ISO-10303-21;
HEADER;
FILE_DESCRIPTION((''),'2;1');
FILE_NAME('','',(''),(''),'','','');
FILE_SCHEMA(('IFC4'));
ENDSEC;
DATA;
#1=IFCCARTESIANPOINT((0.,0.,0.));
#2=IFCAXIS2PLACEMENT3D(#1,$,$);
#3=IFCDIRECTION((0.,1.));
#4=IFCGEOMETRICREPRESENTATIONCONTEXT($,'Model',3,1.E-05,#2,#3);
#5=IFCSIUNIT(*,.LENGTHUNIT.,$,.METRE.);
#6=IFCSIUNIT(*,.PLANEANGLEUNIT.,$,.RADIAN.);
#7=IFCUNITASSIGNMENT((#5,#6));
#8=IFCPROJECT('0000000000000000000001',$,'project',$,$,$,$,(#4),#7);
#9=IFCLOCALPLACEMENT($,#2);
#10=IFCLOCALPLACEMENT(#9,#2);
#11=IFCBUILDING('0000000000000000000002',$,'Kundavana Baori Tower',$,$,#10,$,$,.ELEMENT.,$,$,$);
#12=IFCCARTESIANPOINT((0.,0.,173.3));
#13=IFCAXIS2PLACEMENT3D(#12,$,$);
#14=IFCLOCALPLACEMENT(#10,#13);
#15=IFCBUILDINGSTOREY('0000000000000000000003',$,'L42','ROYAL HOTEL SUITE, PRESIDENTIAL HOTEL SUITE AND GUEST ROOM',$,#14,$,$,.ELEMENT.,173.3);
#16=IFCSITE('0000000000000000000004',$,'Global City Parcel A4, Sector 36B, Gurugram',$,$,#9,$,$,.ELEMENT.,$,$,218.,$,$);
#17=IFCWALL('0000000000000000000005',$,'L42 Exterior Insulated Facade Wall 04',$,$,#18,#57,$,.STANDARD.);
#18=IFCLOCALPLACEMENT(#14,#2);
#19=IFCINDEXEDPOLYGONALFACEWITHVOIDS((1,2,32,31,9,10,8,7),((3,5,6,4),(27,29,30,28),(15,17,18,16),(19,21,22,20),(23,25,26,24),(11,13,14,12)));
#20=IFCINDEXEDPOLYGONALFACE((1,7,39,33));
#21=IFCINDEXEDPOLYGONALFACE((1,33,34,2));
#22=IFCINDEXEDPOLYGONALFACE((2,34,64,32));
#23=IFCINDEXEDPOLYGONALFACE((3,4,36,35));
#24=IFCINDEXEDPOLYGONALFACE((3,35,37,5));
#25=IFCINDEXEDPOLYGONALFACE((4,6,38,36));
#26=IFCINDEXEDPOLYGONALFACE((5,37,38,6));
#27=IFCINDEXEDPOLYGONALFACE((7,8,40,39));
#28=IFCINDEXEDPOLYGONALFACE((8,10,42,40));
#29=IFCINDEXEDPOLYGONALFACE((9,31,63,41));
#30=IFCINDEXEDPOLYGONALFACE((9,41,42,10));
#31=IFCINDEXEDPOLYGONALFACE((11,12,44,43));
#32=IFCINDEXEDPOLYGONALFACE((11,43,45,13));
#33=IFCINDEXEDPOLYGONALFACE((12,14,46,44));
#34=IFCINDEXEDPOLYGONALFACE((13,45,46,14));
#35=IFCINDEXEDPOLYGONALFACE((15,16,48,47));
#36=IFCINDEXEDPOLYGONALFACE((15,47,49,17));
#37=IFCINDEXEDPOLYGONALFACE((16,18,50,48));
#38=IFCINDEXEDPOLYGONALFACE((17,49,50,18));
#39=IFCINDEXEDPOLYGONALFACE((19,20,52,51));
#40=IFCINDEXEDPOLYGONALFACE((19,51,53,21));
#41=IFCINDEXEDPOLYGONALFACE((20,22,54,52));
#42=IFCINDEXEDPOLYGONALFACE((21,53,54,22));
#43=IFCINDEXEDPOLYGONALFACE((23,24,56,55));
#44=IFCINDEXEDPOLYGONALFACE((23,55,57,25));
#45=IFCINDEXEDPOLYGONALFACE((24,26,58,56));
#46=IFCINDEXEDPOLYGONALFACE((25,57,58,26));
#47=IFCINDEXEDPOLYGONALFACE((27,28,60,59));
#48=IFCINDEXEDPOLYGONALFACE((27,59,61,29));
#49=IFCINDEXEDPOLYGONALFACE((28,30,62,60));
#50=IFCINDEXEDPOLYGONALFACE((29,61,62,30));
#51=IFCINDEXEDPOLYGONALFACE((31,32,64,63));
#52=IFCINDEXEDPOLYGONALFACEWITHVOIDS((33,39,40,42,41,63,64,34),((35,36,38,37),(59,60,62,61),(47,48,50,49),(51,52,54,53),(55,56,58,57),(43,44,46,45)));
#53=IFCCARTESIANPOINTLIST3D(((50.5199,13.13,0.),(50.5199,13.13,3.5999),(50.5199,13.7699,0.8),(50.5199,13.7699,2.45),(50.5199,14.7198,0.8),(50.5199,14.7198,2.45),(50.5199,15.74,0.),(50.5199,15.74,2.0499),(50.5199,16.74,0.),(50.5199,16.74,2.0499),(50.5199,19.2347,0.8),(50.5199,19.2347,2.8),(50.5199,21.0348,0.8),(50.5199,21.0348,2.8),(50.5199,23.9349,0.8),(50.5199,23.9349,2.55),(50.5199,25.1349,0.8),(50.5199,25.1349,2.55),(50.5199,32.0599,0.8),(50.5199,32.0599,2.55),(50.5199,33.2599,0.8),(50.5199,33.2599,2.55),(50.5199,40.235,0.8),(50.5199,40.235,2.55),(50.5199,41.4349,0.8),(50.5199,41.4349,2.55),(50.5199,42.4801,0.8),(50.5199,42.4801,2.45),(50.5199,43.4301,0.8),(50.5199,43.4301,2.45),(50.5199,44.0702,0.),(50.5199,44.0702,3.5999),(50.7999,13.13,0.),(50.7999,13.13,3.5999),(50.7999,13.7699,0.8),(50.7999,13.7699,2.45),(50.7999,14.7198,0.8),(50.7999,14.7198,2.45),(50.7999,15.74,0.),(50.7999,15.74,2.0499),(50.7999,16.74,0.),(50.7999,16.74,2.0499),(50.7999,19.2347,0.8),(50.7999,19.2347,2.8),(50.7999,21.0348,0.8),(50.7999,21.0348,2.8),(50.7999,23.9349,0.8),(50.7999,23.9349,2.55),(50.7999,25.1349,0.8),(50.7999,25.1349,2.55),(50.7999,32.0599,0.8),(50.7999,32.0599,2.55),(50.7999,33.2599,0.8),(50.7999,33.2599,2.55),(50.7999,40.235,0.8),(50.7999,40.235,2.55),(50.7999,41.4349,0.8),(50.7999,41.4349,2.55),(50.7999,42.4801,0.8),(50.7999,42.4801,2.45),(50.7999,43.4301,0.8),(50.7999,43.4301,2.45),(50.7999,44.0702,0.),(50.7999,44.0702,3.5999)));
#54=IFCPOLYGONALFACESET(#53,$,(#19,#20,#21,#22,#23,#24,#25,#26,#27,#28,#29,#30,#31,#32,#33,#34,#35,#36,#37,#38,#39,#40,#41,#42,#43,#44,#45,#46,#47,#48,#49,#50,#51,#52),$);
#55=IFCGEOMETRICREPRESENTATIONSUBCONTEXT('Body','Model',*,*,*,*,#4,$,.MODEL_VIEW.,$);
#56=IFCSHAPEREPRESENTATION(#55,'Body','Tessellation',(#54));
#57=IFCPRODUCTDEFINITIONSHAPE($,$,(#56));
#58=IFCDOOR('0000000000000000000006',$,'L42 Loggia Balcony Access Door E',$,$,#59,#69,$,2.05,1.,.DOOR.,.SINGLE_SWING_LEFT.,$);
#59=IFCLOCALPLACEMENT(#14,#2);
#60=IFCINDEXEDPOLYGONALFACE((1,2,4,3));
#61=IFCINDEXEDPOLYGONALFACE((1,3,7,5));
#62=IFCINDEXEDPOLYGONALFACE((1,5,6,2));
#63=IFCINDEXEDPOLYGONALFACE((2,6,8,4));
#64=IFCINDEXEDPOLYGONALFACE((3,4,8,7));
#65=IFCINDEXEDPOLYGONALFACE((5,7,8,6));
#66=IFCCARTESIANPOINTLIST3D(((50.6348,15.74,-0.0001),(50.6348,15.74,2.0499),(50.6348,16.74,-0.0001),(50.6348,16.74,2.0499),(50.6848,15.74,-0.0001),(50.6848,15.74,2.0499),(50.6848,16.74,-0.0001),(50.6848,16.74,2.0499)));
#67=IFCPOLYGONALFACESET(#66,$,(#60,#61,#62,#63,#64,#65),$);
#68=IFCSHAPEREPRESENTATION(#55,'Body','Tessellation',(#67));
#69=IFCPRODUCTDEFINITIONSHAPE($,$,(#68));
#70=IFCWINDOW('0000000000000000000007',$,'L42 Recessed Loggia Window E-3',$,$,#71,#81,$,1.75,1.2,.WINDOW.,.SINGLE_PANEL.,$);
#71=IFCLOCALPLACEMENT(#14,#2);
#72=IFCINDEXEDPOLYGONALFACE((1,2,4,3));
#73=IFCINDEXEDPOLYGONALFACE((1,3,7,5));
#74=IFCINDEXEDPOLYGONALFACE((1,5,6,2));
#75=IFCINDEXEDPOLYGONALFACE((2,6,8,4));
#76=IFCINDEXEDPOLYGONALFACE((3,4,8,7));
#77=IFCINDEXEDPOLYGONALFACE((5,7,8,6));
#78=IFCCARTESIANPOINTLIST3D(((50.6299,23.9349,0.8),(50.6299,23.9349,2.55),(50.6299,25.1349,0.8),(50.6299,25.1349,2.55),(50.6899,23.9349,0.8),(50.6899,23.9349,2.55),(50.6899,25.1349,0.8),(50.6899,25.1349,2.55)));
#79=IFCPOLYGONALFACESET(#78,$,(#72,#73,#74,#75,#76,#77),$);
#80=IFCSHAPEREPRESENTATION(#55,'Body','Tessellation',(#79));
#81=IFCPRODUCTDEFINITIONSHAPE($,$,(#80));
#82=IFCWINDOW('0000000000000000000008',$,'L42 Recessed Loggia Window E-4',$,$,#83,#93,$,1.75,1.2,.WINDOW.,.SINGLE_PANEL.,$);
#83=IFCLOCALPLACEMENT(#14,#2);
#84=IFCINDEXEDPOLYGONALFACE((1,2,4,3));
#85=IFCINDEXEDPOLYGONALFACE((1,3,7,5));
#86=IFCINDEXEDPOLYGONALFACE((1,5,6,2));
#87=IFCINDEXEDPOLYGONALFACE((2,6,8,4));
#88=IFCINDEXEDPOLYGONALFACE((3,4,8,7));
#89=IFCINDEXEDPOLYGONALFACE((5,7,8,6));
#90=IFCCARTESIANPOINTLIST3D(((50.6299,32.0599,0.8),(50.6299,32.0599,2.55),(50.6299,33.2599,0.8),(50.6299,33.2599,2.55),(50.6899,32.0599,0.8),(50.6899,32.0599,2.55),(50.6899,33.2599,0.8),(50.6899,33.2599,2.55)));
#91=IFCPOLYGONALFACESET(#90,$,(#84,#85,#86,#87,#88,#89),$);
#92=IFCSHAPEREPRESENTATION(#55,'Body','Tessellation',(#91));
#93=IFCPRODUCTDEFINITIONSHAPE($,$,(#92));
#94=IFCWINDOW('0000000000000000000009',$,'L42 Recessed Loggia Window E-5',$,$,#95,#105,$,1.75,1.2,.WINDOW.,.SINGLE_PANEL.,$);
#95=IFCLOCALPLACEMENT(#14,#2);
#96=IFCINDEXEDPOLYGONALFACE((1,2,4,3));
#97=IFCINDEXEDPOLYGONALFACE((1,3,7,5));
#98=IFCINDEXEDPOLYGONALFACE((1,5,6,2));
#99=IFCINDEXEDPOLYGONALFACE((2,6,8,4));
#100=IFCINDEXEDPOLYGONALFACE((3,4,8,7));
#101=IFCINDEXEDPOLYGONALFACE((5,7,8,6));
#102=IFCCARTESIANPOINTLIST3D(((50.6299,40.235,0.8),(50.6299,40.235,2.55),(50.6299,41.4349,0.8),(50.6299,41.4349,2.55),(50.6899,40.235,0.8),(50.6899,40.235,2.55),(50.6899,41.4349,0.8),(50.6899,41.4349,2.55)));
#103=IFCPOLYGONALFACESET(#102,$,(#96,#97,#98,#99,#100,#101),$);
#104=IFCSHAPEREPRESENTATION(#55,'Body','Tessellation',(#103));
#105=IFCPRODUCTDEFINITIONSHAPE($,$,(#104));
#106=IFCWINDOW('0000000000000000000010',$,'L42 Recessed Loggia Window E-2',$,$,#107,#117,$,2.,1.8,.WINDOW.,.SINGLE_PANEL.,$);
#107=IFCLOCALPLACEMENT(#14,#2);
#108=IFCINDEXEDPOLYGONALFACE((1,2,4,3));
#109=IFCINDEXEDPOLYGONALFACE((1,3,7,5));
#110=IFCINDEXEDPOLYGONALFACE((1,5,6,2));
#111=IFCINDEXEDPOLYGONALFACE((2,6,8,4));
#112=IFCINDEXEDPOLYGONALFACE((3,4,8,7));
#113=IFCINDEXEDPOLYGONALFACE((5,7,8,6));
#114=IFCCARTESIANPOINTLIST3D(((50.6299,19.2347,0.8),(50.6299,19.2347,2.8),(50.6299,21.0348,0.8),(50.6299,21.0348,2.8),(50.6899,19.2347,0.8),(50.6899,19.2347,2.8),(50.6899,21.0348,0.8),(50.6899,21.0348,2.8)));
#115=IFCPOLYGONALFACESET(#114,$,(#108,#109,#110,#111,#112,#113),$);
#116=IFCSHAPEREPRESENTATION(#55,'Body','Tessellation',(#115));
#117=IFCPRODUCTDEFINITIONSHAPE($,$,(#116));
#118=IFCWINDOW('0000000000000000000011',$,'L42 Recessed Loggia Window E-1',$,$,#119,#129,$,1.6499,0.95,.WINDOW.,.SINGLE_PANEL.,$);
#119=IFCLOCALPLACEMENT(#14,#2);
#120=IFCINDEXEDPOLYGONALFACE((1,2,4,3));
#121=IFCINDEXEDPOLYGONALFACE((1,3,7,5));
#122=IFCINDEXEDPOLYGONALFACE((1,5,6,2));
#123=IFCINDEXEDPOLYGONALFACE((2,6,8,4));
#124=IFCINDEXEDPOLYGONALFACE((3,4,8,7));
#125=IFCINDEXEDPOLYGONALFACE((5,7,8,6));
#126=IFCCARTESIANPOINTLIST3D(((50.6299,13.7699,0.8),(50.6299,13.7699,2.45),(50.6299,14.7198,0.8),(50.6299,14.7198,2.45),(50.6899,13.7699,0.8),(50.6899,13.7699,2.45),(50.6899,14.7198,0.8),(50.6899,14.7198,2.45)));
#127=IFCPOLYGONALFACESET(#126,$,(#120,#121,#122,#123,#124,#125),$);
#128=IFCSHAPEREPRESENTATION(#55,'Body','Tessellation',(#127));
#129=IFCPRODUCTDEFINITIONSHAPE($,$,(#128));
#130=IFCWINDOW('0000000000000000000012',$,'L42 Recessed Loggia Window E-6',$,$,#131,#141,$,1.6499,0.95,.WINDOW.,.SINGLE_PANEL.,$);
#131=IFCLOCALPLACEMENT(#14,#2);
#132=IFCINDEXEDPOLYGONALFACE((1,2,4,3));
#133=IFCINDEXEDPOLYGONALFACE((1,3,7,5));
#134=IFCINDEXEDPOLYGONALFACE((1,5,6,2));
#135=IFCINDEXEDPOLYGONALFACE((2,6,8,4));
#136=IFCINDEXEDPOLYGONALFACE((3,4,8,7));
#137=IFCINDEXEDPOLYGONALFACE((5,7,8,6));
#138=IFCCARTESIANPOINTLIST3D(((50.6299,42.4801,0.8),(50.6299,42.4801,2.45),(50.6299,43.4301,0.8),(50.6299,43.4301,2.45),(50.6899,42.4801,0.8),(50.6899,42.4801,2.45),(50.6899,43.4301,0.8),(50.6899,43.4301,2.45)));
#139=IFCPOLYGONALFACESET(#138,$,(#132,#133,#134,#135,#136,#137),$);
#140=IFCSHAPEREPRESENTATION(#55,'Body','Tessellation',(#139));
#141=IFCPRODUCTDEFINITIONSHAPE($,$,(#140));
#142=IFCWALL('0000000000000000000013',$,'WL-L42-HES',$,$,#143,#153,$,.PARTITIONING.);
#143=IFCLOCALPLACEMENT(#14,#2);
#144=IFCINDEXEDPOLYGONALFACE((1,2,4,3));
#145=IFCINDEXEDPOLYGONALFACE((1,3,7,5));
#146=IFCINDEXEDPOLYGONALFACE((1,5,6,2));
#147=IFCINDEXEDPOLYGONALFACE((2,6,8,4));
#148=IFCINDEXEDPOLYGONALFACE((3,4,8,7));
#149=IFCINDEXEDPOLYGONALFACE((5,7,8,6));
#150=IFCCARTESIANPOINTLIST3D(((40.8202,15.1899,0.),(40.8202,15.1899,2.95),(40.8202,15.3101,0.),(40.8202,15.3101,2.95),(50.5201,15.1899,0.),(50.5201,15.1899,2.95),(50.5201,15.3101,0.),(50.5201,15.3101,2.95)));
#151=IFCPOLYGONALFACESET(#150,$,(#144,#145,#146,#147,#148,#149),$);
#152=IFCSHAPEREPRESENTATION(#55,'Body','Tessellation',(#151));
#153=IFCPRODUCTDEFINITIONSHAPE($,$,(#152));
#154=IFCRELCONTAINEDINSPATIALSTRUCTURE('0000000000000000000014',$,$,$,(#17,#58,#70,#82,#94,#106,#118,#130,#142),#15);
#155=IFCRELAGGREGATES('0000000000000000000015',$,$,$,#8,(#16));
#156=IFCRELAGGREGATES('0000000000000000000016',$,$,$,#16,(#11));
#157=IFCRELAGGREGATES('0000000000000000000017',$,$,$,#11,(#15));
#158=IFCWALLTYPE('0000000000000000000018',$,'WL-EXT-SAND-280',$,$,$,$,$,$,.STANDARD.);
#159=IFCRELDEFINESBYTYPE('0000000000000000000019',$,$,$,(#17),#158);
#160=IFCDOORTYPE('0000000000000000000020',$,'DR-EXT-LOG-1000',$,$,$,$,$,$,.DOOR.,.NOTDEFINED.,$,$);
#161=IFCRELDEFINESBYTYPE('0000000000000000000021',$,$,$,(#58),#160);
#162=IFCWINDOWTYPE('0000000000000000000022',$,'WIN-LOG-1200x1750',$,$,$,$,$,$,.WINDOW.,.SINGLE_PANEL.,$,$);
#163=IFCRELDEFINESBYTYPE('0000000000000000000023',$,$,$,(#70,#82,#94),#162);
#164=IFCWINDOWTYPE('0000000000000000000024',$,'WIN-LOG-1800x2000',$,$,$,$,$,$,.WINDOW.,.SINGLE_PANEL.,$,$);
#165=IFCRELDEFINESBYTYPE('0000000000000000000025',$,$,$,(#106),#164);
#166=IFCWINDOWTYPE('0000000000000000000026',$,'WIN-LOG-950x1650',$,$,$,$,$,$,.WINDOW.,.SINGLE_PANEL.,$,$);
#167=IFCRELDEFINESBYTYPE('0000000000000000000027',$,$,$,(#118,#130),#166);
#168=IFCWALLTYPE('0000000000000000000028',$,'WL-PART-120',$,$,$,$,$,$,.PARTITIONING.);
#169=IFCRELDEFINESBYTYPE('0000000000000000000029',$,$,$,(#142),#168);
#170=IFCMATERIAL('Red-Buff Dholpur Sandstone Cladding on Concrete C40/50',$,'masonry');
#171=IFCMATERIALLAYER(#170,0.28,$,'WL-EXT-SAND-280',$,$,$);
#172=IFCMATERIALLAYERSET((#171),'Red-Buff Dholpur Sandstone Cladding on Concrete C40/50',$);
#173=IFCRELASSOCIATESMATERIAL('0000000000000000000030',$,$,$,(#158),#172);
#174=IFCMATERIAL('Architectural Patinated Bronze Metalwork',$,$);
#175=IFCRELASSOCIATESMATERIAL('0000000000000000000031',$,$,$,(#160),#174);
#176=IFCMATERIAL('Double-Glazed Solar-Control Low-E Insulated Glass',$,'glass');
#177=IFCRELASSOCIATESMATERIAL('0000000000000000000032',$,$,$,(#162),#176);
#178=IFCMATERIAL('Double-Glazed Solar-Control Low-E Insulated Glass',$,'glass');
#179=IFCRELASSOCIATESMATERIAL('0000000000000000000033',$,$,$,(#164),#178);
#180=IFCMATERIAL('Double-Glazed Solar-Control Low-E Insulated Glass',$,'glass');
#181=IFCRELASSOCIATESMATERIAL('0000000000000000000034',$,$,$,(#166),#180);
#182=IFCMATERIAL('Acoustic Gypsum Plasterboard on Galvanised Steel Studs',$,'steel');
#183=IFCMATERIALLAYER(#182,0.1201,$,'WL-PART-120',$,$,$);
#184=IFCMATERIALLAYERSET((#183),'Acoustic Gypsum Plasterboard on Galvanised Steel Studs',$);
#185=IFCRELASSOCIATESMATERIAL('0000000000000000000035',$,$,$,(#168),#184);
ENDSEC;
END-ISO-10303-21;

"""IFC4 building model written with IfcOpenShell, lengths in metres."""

from ifc_helpers import new_model, si_unit, direction, frame, frame_2d, origin, place, context, subcontext, project, spatial, rectangle, extrude, material, layer, layer_set, type_object, element, fill, save


model = new_model("IFC4")

# Units and contexts
model_context = context("Model", 3, precision=1e-05, world=origin(), true_north=direction((0.0, 1.0)))
body_context = subcontext(model_context, "Body", "Model", "MODEL_VIEW")
ifc_project = project(units=[si_unit("LENGTHUNIT", "METRE"), si_unit("PLANEANGLEUNIT", "RADIAN")], contexts=[model_context])

# Site, building, storey
site_placement = place(None, origin())
site = spatial("IfcSite", under=ifc_project, at=site_placement, Name="Global City Parcel A4, Sector 36B, Gurugram", CompositionType="ELEMENT", RefElevation=218.0)
building_placement = place(site_placement, origin())
building = spatial("IfcBuilding", under=site, at=building_placement, Name="Kundavana Baori Tower", CompositionType="ELEMENT")
storey_placement = place(building_placement, frame((0.0, 0.0, 173.3)))
storey = spatial("IfcBuildingStorey", under=building, at=storey_placement, Name="L42", Description="ROYAL HOTEL SUITE, PRESIDENTIAL HOTEL SUITE AND GUEST ROOM", CompositionType="ELEMENT", Elevation=173.3)

# Shared definitions
ifc_material_1 = material(Name="Red-Buff Dholpur Sandstone Cladding on Concrete C40/50", Category="masonry")
ifc_layer_1 = layer(ifc_material_1, 0.28, Name="WL-EXT-SAND-280")
ifc_layer_set_1 = layer_set([ifc_layer_1], Name="Red-Buff Dholpur Sandstone Cladding on Concrete C40/50")
wall_type_1 = type_object("IfcWallType", Name="WL-EXT-SAND-280", PredefinedType="STANDARD", material=ifc_layer_set_1)

# Wall, openings, door, windows
wall_1_placement = place(storey_placement, frame((50.6599, 13.1299, 0.0), z_axis=(0.0, 0.0, 1.0), x_axis=(0.0, 1.0, 0.0)))
wall_1 = element("IfcWall", 1, at=wall_1_placement, inside=storey, type_object=wall_type_1, Name="L42 Exterior Insulated Facade Wall 04", PredefinedType="STANDARD", context=body_context, shape_type="SweptSolid", body=[
    extrude(rectangle(XDim=30.9402, YDim=0.28, at=frame_2d((15.4702, 0.0))), origin(), (0.0, 0.0, 1.0), 3.5999),
])
opening_1_placement = place(wall_1_placement, frame((0.6399, 0.0, 0.8)))
opening_1 = element("IfcOpeningElement", 2, at=opening_1_placement, cuts=wall_1, PredefinedType="OPENING", context=body_context, shape_type="SweptSolid", body=[
    extrude(rectangle(XDim=0.95, YDim=1.6499, at=frame_2d((0.4751, 0.825))), frame((0.0, 0.1499, 0.0), z_axis=(0.0, -1.0, 0.0), x_axis=(1.0, 0.0, 0.0)), (0.0, 0.0, 1.0), 0.3),
])
opening_2_placement = place(wall_1_placement, frame((2.6101, 0.0, 0.0)))
opening_2 = element("IfcOpeningElement", 3, at=opening_2_placement, cuts=wall_1, PredefinedType="OPENING", context=body_context, shape_type="SweptSolid", body=[
    extrude(rectangle(XDim=1.0, YDim=2.05, at=frame_2d((0.5, 1.0249))), frame((0.0, 0.1499, 0.0), z_axis=(0.0, -1.0, 0.0), x_axis=(1.0, 0.0, 0.0)), (0.0, 0.0, 1.0), 0.3),
])
opening_3_placement = place(wall_1_placement, frame((6.105, 0.0, 0.8)))
opening_3 = element("IfcOpeningElement", 4, at=opening_3_placement, cuts=wall_1, PredefinedType="OPENING", context=body_context, shape_type="SweptSolid", body=[
    extrude(rectangle(XDim=1.8, YDim=2.0, at=frame_2d((0.8999, 1.0))), frame((0.0, 0.1499, 0.0), z_axis=(0.0, -1.0, 0.0), x_axis=(1.0, 0.0, 0.0)), (0.0, 0.0, 1.0), 0.3),
])
opening_4_placement = place(wall_1_placement, frame((10.8049, 0.0, 0.8)))
opening_4 = element("IfcOpeningElement", 5, at=opening_4_placement, cuts=wall_1, PredefinedType="OPENING", context=body_context, shape_type="SweptSolid", body=[
    extrude(rectangle(XDim=1.2, YDim=1.75, at=frame_2d((0.6001, 0.875))), frame((0.0, 0.1499, 0.0), z_axis=(0.0, -1.0, 0.0), x_axis=(1.0, 0.0, 0.0)), (0.0, 0.0, 1.0), 0.3),
])
opening_5_placement = place(wall_1_placement, frame((18.9299, 0.0, 0.8)))
opening_5 = element("IfcOpeningElement", 6, at=opening_5_placement, cuts=wall_1, PredefinedType="OPENING", context=body_context, shape_type="SweptSolid", body=[
    extrude(rectangle(XDim=1.2, YDim=1.75, at=frame_2d((0.6001, 0.875))), frame((0.0, 0.1499, 0.0), z_axis=(0.0, -1.0, 0.0), x_axis=(1.0, 0.0, 0.0)), (0.0, 0.0, 1.0), 0.3),
])
opening_6_placement = place(wall_1_placement, frame((27.105, 0.0, 0.8)))
opening_6 = element("IfcOpeningElement", 7, at=opening_6_placement, cuts=wall_1, PredefinedType="OPENING", context=body_context, shape_type="SweptSolid", body=[
    extrude(rectangle(XDim=1.2, YDim=1.75, at=frame_2d((0.6001, 0.875))), frame((0.0, 0.1499, 0.0), z_axis=(0.0, -1.0, 0.0), x_axis=(1.0, 0.0, 0.0)), (0.0, 0.0, 1.0), 0.3),
])
opening_7_placement = place(wall_1_placement, frame((29.3501, 0.0, 0.8)))
opening_7 = element("IfcOpeningElement", 8, at=opening_7_placement, cuts=wall_1, PredefinedType="OPENING", context=body_context, shape_type="SweptSolid", body=[
    extrude(rectangle(XDim=0.95, YDim=1.6499, at=frame_2d((0.4751, 0.825))), frame((0.0, 0.1499, 0.0), z_axis=(0.0, -1.0, 0.0), x_axis=(1.0, 0.0, 0.0)), (0.0, 0.0, 1.0), 0.3),
])
ifc_material_2 = material(Name="Architectural Patinated Bronze Metalwork")
door_type_1 = type_object("IfcDoorType", Name="DR-EXT-LOG-1000", OperationType="NOTDEFINED", PredefinedType="DOOR", material=ifc_material_2)
door_1_placement = place(opening_2_placement, frame((1.0, 0.0, 0.0), z_axis=(0.0, 0.0, 1.0), x_axis=(-1.0, 0.0, 0.0)))
door_1 = element("IfcDoor", 9, at=door_1_placement, inside=storey, type_object=door_type_1, Name="L42 Loggia Balcony Access Door E", OperationType="SINGLE_SWING_LEFT", OverallHeight=2.05, OverallWidth=1.0, PredefinedType="DOOR", context=body_context, shape_type="SweptSolid", body=[
    extrude(rectangle(XDim=1.0, YDim=2.05, at=frame_2d((0.5, 1.0249))), frame((0.0, 0.0249, 0.0), z_axis=(0.0, -1.0, 0.0), x_axis=(1.0, 0.0, 0.0)), (0.0, 0.0, 1.0), 0.05),
])
fill(opening_2, door_1)
ifc_material_3 = material(Name="Double-Glazed Solar-Control Low-E Insulated Glass", Category="glass")
window_type_1 = type_object("IfcWindowType", Name="WIN-LOG-1200x1750", PartitioningType="SINGLE_PANEL", PredefinedType="WINDOW", material=ifc_material_3)
window_1_placement = place(opening_4_placement, origin())
window_1 = element("IfcWindow", 10, at=window_1_placement, inside=storey, type_object=window_type_1, Name="L42 Recessed Loggia Window E-3", OverallHeight=1.75, OverallWidth=1.2, PartitioningType="SINGLE_PANEL", PredefinedType="WINDOW", context=body_context, shape_type="SweptSolid", body=[
    extrude(rectangle(XDim=1.2, YDim=1.75, at=frame_2d((0.6001, 0.875))), frame((0.0, 0.03, 0.0), z_axis=(0.0, -1.0, 0.0), x_axis=(1.0, 0.0, 0.0)), (0.0, 0.0, 1.0), 0.0601),
])
fill(opening_4, window_1)
window_2_placement = place(opening_5_placement, origin())
window_2 = element("IfcWindow", 11, at=window_2_placement, inside=storey, type_object=window_type_1, Name="L42 Recessed Loggia Window E-4", OverallHeight=1.75, OverallWidth=1.2, PartitioningType="SINGLE_PANEL", PredefinedType="WINDOW", context=body_context, shape_type="SweptSolid", body=[
    extrude(rectangle(XDim=1.2, YDim=1.75, at=frame_2d((0.6001, 0.875))), frame((0.0, 0.03, 0.0), z_axis=(0.0, -1.0, 0.0), x_axis=(1.0, 0.0, 0.0)), (0.0, 0.0, 1.0), 0.0601),
])
fill(opening_5, window_2)
window_3_placement = place(opening_6_placement, origin())
window_3 = element("IfcWindow", 12, at=window_3_placement, inside=storey, type_object=window_type_1, Name="L42 Recessed Loggia Window E-5", OverallHeight=1.75, OverallWidth=1.2, PartitioningType="SINGLE_PANEL", PredefinedType="WINDOW", context=body_context, shape_type="SweptSolid", body=[
    extrude(rectangle(XDim=1.2, YDim=1.75, at=frame_2d((0.6001, 0.875))), frame((0.0, 0.03, 0.0), z_axis=(0.0, -1.0, 0.0), x_axis=(1.0, 0.0, 0.0)), (0.0, 0.0, 1.0), 0.0601),
])
fill(opening_6, window_3)
ifc_material_4 = material(Name="Double-Glazed Solar-Control Low-E Insulated Glass", Category="glass")
window_type_2 = type_object("IfcWindowType", Name="WIN-LOG-1800x2000", PartitioningType="SINGLE_PANEL", PredefinedType="WINDOW", material=ifc_material_4)
window_4_placement = place(opening_3_placement, origin())
window_4 = element("IfcWindow", 13, at=window_4_placement, inside=storey, type_object=window_type_2, Name="L42 Recessed Loggia Window E-2", OverallHeight=2.0, OverallWidth=1.8, PartitioningType="SINGLE_PANEL", PredefinedType="WINDOW", context=body_context, shape_type="SweptSolid", body=[
    extrude(rectangle(XDim=1.8, YDim=2.0, at=frame_2d((0.8999, 1.0))), frame((0.0, 0.03, 0.0), z_axis=(0.0, -1.0, 0.0), x_axis=(1.0, 0.0, 0.0)), (0.0, 0.0, 1.0), 0.0601),
])
fill(opening_3, window_4)
ifc_material_5 = material(Name="Double-Glazed Solar-Control Low-E Insulated Glass", Category="glass")
window_type_3 = type_object("IfcWindowType", Name="WIN-LOG-950x1650", PartitioningType="SINGLE_PANEL", PredefinedType="WINDOW", material=ifc_material_5)
window_5_placement = place(opening_1_placement, origin())
window_5 = element("IfcWindow", 14, at=window_5_placement, inside=storey, type_object=window_type_3, Name="L42 Recessed Loggia Window E-1", OverallHeight=1.6499, OverallWidth=0.95, PartitioningType="SINGLE_PANEL", PredefinedType="WINDOW", context=body_context, shape_type="SweptSolid", body=[
    extrude(rectangle(XDim=0.95, YDim=1.6499, at=frame_2d((0.4751, 0.825))), frame((0.0, 0.03, 0.0), z_axis=(0.0, -1.0, 0.0), x_axis=(1.0, 0.0, 0.0)), (0.0, 0.0, 1.0), 0.0601),
])
fill(opening_1, window_5)
window_6_placement = place(opening_7_placement, origin())
window_6 = element("IfcWindow", 15, at=window_6_placement, inside=storey, type_object=window_type_3, Name="L42 Recessed Loggia Window E-6", OverallHeight=1.6499, OverallWidth=0.95, PartitioningType="SINGLE_PANEL", PredefinedType="WINDOW", context=body_context, shape_type="SweptSolid", body=[
    extrude(rectangle(XDim=0.95, YDim=1.6499, at=frame_2d((0.4751, 0.825))), frame((0.0, 0.03, 0.0), z_axis=(0.0, -1.0, 0.0), x_axis=(1.0, 0.0, 0.0)), (0.0, 0.0, 1.0), 0.0601),
])
fill(opening_7, window_6)

# Wall
ifc_material_6 = material(Name="Acoustic Gypsum Plasterboard on Galvanised Steel Studs", Category="steel")
ifc_layer_2 = layer(ifc_material_6, 0.1201, Name="WL-PART-120")
ifc_layer_set_2 = layer_set([ifc_layer_2], Name="Acoustic Gypsum Plasterboard on Galvanised Steel Studs")
wall_type_2 = type_object("IfcWallType", Name="WL-PART-120", PredefinedType="PARTITIONING", material=ifc_layer_set_2)
wall_2_placement = place(storey_placement, frame((40.8201, 15.25, 0.0), z_axis=(0.0, 0.0, 1.0), x_axis=(1.0, 0.0, 0.0)))
element("IfcWall", 16, at=wall_2_placement, inside=storey, type_object=wall_type_2, Name="WL-L42-HES", PredefinedType="PARTITIONING", context=body_context, shape_type="SweptSolid", body=[
    extrude(rectangle(XDim=9.7, YDim=0.1201, at=frame_2d((4.8501, 0.0))), origin(), (0.0, 0.0, 1.0), 2.95),
])

save(model, "model.ifc")
